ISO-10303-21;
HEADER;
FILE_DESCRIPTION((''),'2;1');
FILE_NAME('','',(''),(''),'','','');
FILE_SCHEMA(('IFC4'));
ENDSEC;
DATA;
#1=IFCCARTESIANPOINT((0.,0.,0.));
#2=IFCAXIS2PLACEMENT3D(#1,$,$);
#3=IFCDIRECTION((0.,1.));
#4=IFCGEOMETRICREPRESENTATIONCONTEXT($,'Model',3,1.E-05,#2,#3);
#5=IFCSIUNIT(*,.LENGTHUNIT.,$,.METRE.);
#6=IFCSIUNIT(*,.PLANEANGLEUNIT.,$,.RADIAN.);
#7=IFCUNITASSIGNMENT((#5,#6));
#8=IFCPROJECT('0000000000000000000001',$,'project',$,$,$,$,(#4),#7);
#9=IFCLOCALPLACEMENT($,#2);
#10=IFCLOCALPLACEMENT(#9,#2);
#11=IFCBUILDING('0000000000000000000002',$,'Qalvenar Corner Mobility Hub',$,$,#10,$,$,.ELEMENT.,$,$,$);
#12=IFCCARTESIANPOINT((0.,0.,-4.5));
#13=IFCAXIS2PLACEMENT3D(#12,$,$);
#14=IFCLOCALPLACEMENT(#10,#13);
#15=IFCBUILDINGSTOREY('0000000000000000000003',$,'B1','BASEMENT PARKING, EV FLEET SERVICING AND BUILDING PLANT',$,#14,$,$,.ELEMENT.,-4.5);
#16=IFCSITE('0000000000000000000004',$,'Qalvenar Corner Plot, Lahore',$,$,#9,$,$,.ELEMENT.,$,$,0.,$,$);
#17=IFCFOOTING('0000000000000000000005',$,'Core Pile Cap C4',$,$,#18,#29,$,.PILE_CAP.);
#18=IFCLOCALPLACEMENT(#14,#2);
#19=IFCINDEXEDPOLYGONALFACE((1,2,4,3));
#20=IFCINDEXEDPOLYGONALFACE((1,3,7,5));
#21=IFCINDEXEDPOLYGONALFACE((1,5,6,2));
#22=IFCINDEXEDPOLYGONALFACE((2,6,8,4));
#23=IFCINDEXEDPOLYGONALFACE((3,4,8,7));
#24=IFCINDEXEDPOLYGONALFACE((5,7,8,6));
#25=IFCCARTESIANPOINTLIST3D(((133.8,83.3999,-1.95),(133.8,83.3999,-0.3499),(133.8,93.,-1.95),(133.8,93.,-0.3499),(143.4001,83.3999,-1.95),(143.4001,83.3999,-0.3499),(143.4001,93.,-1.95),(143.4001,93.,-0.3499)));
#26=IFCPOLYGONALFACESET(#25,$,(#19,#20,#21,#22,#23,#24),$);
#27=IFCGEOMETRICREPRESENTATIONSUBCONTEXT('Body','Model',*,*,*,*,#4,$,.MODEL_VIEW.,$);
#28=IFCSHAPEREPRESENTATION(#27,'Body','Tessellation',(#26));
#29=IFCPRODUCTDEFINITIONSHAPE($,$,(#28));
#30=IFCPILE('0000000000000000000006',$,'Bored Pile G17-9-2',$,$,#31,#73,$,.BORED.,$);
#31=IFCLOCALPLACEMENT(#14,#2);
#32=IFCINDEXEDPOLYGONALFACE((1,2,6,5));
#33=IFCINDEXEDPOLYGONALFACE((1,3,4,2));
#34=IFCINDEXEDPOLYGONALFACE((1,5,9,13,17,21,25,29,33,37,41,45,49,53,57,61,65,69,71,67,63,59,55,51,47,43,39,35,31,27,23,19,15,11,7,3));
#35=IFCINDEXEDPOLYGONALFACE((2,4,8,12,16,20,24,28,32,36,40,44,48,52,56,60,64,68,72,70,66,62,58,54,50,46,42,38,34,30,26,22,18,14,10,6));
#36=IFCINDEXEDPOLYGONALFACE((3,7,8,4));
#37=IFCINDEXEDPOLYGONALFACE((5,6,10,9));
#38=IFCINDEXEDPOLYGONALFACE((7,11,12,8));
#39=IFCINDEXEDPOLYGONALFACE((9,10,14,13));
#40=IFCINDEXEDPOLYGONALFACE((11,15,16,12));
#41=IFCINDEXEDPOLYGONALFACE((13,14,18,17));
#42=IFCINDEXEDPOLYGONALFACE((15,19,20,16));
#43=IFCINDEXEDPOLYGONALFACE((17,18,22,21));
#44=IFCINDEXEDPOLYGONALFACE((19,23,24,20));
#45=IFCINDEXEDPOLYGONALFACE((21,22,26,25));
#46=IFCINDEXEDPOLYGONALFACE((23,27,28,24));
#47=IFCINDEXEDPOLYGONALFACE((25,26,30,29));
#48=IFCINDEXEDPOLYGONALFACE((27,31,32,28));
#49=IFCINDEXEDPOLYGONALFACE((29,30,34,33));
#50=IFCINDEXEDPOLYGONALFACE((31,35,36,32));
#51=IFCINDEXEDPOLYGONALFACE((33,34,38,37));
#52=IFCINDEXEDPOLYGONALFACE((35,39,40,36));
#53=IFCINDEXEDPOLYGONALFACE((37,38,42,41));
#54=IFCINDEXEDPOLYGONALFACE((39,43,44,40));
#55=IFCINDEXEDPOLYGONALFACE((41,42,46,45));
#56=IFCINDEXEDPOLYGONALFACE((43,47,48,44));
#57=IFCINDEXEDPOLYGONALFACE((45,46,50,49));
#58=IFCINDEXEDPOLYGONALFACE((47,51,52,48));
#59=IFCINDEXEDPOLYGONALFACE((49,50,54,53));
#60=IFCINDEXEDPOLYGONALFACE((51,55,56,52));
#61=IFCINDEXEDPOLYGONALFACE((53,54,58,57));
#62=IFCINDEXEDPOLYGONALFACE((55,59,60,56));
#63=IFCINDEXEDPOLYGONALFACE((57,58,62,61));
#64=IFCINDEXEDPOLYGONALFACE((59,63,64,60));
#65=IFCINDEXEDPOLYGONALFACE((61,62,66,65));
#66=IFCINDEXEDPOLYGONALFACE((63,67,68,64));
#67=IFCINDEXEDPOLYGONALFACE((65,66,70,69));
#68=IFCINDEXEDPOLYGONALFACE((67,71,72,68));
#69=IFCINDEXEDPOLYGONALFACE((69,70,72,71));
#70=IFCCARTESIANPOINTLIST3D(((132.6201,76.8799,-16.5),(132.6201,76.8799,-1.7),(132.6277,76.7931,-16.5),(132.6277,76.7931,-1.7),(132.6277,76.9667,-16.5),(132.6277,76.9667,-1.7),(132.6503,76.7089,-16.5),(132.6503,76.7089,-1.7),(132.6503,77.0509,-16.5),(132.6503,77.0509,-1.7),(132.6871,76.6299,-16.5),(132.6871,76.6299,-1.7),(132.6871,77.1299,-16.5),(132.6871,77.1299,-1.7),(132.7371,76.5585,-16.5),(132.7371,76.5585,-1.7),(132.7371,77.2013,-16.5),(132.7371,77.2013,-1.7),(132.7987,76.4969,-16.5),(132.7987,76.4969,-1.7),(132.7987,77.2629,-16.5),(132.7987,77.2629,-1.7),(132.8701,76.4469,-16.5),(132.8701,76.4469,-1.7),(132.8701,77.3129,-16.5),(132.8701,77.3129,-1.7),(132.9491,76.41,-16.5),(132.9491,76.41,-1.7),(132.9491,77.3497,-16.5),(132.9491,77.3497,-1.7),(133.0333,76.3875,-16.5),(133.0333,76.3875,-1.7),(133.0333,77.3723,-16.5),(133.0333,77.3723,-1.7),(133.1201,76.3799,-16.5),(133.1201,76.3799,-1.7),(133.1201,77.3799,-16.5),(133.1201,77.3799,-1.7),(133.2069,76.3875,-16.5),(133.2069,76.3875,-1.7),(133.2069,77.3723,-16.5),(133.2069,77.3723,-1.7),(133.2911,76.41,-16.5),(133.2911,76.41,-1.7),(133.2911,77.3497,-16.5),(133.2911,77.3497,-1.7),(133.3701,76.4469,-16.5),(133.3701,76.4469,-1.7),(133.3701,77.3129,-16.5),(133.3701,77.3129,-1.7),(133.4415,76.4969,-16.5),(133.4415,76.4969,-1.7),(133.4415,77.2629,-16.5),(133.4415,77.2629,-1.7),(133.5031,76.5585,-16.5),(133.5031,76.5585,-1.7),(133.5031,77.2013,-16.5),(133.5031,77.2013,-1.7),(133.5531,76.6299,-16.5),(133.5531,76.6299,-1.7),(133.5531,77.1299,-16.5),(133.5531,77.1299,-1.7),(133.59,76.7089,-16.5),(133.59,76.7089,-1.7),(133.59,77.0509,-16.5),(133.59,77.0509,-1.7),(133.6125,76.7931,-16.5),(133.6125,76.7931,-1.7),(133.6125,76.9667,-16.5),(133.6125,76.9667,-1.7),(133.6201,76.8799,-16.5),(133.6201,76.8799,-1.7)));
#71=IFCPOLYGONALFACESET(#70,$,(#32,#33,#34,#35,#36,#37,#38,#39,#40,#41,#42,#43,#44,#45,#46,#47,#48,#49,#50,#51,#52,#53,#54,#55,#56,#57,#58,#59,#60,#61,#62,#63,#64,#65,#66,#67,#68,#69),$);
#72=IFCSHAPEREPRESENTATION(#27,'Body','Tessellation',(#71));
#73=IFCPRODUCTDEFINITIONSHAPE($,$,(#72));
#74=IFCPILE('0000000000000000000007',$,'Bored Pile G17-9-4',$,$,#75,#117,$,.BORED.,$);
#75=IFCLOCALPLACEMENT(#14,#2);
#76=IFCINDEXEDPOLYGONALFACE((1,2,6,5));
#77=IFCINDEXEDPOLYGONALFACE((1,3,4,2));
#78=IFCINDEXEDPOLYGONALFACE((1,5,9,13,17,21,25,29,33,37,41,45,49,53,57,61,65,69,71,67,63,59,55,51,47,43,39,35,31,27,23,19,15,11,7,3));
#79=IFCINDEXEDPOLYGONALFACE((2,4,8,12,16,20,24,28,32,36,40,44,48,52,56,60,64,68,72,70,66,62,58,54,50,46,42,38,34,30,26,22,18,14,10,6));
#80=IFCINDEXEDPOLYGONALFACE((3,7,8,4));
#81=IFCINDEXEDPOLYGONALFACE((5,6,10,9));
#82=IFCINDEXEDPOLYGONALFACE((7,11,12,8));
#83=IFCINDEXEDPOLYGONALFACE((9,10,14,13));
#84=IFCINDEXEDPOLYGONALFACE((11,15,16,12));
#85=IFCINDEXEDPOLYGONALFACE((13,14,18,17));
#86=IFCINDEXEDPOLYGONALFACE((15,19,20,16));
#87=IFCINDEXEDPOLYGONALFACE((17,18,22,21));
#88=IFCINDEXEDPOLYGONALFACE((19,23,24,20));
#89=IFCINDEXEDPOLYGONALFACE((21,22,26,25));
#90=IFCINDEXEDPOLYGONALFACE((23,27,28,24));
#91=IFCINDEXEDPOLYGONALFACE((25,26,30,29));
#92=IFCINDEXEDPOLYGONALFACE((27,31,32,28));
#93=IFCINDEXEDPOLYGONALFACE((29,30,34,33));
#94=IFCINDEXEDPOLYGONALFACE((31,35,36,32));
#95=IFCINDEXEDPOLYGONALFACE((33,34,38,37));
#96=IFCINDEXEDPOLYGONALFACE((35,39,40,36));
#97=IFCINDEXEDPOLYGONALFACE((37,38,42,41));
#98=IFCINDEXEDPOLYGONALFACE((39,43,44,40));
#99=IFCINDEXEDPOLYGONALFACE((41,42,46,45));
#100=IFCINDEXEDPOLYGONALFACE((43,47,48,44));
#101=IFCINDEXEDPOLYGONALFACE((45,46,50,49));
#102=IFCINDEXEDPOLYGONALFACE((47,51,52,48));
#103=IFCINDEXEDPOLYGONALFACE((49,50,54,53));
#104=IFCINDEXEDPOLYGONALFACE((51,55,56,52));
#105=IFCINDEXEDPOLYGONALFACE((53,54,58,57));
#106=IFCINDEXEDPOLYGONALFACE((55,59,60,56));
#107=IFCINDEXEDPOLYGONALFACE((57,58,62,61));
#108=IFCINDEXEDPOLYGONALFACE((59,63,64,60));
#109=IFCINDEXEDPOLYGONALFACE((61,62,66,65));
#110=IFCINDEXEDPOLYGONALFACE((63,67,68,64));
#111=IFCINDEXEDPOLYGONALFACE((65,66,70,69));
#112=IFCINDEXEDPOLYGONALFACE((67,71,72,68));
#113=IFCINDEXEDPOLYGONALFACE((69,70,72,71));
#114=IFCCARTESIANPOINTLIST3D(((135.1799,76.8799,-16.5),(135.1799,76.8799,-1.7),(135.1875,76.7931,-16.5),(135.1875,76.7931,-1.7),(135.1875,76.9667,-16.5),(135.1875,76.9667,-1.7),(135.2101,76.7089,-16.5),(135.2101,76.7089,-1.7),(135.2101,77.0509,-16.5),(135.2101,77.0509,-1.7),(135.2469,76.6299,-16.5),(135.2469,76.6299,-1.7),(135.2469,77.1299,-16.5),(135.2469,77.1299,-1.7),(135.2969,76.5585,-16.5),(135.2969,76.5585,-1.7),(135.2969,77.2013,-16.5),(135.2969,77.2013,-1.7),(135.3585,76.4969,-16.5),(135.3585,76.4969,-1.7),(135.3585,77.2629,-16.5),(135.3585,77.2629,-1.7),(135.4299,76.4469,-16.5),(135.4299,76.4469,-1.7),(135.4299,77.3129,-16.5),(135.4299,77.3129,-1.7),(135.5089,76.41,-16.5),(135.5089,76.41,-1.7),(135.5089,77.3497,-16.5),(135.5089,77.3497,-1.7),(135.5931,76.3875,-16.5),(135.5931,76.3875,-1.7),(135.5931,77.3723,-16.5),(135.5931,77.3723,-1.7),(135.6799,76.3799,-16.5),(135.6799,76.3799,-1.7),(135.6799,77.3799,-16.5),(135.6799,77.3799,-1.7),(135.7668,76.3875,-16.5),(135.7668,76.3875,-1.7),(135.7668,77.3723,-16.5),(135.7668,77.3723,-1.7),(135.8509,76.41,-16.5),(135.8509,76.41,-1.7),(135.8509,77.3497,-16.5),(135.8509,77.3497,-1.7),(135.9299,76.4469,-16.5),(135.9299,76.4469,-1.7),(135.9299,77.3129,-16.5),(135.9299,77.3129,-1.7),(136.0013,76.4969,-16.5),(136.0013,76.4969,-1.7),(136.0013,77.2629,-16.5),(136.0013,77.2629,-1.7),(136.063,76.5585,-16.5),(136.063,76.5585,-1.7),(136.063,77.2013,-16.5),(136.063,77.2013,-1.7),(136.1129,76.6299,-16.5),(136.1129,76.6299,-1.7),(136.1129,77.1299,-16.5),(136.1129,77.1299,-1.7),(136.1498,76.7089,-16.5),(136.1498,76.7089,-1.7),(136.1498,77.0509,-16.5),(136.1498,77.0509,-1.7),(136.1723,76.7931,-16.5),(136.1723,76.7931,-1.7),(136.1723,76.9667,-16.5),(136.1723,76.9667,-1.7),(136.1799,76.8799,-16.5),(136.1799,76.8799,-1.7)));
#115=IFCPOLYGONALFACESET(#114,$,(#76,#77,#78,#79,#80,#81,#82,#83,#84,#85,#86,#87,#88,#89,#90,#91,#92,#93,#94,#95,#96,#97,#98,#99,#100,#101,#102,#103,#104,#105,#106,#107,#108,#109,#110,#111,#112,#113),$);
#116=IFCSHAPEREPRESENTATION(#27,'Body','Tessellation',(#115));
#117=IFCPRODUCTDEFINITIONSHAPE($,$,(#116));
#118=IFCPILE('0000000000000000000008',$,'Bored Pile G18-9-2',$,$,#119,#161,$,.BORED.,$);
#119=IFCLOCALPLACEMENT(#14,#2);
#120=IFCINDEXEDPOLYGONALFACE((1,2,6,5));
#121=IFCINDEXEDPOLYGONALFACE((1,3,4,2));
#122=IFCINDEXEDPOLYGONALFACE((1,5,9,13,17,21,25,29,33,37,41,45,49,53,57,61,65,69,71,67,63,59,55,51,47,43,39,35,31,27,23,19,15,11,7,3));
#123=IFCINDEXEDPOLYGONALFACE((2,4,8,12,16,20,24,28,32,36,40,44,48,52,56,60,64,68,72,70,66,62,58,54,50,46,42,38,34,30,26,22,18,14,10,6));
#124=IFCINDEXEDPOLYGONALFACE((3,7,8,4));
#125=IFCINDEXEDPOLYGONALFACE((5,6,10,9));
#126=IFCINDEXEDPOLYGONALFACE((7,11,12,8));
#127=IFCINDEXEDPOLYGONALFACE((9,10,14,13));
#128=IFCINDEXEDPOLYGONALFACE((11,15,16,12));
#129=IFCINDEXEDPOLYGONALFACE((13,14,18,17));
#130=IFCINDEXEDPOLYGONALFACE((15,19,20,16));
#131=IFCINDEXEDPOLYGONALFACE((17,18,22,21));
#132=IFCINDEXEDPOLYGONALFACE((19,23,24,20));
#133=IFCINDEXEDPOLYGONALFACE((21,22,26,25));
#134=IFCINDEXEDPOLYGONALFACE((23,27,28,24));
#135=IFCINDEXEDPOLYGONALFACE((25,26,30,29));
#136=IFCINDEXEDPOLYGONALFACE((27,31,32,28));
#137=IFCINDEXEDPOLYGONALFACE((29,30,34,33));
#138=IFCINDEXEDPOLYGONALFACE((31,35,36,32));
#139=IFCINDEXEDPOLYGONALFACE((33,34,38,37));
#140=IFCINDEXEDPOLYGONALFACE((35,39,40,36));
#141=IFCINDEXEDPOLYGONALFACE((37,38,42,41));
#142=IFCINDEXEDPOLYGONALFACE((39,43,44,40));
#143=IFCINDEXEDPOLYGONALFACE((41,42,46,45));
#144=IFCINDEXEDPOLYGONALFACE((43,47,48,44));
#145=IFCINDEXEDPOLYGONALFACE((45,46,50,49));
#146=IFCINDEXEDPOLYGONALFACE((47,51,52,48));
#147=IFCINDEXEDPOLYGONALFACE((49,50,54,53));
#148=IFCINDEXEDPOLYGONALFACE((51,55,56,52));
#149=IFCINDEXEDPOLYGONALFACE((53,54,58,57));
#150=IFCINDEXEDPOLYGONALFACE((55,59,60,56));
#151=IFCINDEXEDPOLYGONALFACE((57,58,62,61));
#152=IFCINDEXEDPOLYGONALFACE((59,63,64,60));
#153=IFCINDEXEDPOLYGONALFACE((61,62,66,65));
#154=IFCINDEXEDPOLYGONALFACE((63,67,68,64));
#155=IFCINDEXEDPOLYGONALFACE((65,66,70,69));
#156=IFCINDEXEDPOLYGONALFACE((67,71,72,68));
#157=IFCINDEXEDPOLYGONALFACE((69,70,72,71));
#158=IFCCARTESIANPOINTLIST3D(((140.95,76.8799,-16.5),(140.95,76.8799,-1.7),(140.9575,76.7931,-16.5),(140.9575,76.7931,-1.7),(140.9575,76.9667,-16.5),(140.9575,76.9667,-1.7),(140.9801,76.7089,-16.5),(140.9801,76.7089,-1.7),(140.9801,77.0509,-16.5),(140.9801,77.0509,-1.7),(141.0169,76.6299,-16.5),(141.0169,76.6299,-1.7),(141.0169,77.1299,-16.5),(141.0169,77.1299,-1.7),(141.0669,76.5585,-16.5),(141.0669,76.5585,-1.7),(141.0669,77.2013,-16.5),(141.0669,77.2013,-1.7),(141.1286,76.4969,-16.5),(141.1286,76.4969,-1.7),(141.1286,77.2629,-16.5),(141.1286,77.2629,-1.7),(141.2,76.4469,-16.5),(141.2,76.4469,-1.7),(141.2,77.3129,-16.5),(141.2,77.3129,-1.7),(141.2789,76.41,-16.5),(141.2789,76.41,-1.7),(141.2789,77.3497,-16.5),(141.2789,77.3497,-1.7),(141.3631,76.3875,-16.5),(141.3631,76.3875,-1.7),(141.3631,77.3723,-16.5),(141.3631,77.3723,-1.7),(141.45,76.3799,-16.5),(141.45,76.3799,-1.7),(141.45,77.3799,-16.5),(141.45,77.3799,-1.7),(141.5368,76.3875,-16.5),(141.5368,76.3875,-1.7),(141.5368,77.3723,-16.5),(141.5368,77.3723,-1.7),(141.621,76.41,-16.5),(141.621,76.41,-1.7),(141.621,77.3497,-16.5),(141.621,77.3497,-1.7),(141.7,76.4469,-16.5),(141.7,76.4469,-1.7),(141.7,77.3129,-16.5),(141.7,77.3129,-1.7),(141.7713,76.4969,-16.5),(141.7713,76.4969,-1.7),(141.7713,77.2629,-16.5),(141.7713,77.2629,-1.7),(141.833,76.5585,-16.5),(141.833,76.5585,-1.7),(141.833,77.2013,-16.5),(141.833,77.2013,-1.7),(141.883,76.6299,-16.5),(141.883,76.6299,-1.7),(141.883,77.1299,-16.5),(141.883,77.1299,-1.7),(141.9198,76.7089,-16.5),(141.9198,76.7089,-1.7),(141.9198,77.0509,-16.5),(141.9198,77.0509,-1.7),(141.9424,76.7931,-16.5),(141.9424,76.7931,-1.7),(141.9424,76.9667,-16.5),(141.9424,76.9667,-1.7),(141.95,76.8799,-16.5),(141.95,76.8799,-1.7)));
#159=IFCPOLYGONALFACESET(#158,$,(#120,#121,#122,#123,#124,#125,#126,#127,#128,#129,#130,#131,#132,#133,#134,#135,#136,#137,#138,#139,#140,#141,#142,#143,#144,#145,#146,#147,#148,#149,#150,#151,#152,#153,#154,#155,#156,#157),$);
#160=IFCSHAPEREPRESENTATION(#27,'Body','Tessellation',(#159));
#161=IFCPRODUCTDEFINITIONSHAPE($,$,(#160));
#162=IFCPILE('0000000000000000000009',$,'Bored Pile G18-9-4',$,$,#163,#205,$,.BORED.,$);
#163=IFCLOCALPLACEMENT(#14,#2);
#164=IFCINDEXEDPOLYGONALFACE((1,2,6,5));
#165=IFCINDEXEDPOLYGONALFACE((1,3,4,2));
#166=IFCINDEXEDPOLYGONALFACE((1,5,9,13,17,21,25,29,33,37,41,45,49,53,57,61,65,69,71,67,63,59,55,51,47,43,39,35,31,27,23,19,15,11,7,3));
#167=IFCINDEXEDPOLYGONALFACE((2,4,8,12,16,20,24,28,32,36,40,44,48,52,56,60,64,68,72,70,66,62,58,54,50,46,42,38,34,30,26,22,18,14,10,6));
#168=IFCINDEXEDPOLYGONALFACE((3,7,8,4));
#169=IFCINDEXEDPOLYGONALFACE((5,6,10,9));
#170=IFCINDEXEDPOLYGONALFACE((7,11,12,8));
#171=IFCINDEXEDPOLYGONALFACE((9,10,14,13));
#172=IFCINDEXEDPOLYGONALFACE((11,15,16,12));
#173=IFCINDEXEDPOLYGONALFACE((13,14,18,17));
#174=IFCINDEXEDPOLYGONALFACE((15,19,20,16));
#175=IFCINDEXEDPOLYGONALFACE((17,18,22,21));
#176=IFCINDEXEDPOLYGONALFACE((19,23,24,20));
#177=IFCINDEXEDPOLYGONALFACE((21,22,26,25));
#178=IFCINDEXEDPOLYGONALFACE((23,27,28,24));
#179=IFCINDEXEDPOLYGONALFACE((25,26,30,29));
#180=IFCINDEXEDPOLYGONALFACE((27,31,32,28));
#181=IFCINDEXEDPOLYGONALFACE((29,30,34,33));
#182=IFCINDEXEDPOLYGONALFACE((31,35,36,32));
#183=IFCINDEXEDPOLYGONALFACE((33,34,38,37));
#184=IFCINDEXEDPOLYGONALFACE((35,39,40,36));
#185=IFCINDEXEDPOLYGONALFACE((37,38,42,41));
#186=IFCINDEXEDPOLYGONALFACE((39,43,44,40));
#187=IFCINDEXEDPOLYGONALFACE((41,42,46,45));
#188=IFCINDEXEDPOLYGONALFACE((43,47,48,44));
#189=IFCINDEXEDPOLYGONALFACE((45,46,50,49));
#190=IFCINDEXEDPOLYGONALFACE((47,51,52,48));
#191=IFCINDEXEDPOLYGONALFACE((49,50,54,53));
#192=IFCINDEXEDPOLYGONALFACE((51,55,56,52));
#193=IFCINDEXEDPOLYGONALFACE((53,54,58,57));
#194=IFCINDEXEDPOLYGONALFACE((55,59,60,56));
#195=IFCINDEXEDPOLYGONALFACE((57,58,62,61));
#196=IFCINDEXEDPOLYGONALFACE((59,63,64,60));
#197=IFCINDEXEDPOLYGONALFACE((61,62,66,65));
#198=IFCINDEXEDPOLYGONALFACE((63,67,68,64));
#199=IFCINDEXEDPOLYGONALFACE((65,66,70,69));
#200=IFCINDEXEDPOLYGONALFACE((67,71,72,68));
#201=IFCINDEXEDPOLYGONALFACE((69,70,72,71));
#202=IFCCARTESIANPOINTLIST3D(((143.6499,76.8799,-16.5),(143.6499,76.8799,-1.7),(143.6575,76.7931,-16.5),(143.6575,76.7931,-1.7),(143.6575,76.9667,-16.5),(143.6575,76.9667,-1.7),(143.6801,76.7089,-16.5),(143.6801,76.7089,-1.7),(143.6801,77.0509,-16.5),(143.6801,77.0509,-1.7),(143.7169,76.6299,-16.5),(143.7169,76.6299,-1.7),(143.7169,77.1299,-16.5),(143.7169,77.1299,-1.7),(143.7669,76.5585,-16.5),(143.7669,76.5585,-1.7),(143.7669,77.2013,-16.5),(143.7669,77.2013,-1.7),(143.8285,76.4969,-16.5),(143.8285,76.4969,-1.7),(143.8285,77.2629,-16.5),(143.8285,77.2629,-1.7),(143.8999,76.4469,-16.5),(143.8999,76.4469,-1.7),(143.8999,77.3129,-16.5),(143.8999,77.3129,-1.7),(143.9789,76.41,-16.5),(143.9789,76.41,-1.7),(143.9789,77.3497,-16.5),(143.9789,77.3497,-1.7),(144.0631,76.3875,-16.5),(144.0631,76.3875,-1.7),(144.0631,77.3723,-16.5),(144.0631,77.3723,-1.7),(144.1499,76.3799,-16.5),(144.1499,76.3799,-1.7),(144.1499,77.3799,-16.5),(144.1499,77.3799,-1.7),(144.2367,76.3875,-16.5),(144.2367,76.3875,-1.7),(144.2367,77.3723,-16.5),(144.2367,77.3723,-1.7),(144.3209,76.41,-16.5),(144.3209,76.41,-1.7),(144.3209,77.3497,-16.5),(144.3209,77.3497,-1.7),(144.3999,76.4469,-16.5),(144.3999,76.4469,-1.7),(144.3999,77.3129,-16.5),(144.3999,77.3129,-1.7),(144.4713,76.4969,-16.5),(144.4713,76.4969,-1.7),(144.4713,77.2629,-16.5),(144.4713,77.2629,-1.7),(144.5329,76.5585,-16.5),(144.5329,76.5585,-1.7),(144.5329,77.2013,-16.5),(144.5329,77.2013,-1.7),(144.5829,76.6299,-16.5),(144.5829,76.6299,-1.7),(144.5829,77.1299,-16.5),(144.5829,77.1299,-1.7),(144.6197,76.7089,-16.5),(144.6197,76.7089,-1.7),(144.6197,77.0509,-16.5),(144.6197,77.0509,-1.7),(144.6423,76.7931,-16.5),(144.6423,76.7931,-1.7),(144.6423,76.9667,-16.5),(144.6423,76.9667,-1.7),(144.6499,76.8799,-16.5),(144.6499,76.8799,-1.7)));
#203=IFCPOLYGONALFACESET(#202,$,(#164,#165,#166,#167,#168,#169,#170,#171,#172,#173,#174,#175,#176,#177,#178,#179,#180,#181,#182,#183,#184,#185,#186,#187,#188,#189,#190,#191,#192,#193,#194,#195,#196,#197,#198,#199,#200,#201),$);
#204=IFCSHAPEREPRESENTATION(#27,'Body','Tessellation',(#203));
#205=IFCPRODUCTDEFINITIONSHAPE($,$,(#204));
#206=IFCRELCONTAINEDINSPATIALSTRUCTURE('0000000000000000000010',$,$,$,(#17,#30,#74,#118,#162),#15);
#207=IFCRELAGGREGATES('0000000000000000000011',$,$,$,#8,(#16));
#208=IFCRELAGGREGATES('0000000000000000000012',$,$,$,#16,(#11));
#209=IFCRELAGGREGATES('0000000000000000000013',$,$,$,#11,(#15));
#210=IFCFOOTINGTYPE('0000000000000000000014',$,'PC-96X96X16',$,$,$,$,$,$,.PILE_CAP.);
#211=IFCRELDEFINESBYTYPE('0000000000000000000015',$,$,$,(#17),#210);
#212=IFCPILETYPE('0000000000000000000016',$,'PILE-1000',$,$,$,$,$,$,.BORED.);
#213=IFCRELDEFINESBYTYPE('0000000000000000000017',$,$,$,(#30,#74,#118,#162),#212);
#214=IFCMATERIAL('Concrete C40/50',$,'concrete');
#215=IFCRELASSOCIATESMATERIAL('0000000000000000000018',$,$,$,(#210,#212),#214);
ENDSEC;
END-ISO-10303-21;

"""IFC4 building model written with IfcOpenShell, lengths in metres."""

from ifc_helpers import new_model, si_unit, direction, frame, origin, origin_2d, place, context, subcontext, project, spatial, rectangle, circle, extrude, material, material_profile, profile_set, type_object, element, save


model = new_model("IFC4")

# Units and contexts
model_context = context("Model", 3, precision=1e-05, world=origin(), true_north=direction((0.0, 1.0)))
body_context = subcontext(model_context, "Body", "Model", "MODEL_VIEW")
ifc_project = project(units=[si_unit("LENGTHUNIT", "METRE"), si_unit("PLANEANGLEUNIT", "RADIAN")], contexts=[model_context])

# Site, building, storey
site_placement = place(None, origin())
site = spatial("IfcSite", under=ifc_project, at=site_placement, Name="Qalvenar Corner Plot, Lahore", CompositionType="ELEMENT", RefElevation=0.0)
building_placement = place(site_placement, origin())
building = spatial("IfcBuilding", under=site, at=building_placement, Name="Qalvenar Corner Mobility Hub", CompositionType="ELEMENT")
storey_placement = place(building_placement, frame((0.0, 0.0, -4.5)))
storey = spatial("IfcBuildingStorey", under=building, at=storey_placement, Name="B1", Description="BASEMENT PARKING, EV FLEET SERVICING AND BUILDING PLANT", CompositionType="ELEMENT", Elevation=-4.5)

# Footing
ifc_material_1 = material(Name="Concrete C40/50", Category="concrete")
footing_type = type_object("IfcFootingType", Name="PC-96X96X16", PredefinedType="PILE_CAP", material=ifc_material_1)
footing_placement = place(storey_placement, frame((138.6001, 88.2, -1.95), z_axis=(0.0, 0.0, 1.0), x_axis=(1.0, 0.0, 0.0)))
element("IfcFooting", 1, at=footing_placement, inside=storey, type_object=footing_type, Name="Core Pile Cap C4", PredefinedType="PILE_CAP", context=body_context, shape_type="SweptSolid", body=[
    extrude(rectangle(XDim=9.6001, YDim=9.6001, at=origin_2d()), origin(), (0.0, 0.0, 1.0), 1.6001),
])

# Piles
ifc_material_profile_1 = material_profile(ifc_material_1, circle(Radius=0.5, at=origin_2d()), Name="DIA1000")
ifc_profile_set_1 = profile_set([ifc_material_profile_1], Name="Concrete C40/50")
pile_type_1 = type_object("IfcPileType", Name="PILE-1000", PredefinedType="BORED", material=ifc_profile_set_1)
for number, where, z_axis, x_axis, name in (
    (2, (133.1201, 76.8799, -1.7), (0.0, 0.0, -1.0), (1.0, 0.0, 0.0), "Bored Pile G17-9-2"),
    (3, (135.6799, 76.8799, -1.7), (0.0, 0.0, -1.0), (1.0, 0.0, 0.0), "Bored Pile G17-9-4"),
    (4, (141.45, 76.8799, -1.7), (0.0, 0.0, -1.0), (1.0, 0.0, 0.0), "Bored Pile G18-9-2"),
    (5, (144.1499, 76.8799, -1.7), (0.0, 0.0, -1.0), (1.0, 0.0, 0.0), "Bored Pile G18-9-4"),
):
    element("IfcPile", number, at=place(storey_placement, frame(where, z_axis=z_axis, x_axis=x_axis)), inside=storey, type_object=pile_type_1, Name=name, PredefinedType="BORED", context=body_context, shape_type="SweptSolid", body=[
        extrude(circle(Radius=0.5, at=origin_2d()), origin(), (0.0, 0.0, 1.0), 14.8),
    ])

save(model, "model.ifc")
